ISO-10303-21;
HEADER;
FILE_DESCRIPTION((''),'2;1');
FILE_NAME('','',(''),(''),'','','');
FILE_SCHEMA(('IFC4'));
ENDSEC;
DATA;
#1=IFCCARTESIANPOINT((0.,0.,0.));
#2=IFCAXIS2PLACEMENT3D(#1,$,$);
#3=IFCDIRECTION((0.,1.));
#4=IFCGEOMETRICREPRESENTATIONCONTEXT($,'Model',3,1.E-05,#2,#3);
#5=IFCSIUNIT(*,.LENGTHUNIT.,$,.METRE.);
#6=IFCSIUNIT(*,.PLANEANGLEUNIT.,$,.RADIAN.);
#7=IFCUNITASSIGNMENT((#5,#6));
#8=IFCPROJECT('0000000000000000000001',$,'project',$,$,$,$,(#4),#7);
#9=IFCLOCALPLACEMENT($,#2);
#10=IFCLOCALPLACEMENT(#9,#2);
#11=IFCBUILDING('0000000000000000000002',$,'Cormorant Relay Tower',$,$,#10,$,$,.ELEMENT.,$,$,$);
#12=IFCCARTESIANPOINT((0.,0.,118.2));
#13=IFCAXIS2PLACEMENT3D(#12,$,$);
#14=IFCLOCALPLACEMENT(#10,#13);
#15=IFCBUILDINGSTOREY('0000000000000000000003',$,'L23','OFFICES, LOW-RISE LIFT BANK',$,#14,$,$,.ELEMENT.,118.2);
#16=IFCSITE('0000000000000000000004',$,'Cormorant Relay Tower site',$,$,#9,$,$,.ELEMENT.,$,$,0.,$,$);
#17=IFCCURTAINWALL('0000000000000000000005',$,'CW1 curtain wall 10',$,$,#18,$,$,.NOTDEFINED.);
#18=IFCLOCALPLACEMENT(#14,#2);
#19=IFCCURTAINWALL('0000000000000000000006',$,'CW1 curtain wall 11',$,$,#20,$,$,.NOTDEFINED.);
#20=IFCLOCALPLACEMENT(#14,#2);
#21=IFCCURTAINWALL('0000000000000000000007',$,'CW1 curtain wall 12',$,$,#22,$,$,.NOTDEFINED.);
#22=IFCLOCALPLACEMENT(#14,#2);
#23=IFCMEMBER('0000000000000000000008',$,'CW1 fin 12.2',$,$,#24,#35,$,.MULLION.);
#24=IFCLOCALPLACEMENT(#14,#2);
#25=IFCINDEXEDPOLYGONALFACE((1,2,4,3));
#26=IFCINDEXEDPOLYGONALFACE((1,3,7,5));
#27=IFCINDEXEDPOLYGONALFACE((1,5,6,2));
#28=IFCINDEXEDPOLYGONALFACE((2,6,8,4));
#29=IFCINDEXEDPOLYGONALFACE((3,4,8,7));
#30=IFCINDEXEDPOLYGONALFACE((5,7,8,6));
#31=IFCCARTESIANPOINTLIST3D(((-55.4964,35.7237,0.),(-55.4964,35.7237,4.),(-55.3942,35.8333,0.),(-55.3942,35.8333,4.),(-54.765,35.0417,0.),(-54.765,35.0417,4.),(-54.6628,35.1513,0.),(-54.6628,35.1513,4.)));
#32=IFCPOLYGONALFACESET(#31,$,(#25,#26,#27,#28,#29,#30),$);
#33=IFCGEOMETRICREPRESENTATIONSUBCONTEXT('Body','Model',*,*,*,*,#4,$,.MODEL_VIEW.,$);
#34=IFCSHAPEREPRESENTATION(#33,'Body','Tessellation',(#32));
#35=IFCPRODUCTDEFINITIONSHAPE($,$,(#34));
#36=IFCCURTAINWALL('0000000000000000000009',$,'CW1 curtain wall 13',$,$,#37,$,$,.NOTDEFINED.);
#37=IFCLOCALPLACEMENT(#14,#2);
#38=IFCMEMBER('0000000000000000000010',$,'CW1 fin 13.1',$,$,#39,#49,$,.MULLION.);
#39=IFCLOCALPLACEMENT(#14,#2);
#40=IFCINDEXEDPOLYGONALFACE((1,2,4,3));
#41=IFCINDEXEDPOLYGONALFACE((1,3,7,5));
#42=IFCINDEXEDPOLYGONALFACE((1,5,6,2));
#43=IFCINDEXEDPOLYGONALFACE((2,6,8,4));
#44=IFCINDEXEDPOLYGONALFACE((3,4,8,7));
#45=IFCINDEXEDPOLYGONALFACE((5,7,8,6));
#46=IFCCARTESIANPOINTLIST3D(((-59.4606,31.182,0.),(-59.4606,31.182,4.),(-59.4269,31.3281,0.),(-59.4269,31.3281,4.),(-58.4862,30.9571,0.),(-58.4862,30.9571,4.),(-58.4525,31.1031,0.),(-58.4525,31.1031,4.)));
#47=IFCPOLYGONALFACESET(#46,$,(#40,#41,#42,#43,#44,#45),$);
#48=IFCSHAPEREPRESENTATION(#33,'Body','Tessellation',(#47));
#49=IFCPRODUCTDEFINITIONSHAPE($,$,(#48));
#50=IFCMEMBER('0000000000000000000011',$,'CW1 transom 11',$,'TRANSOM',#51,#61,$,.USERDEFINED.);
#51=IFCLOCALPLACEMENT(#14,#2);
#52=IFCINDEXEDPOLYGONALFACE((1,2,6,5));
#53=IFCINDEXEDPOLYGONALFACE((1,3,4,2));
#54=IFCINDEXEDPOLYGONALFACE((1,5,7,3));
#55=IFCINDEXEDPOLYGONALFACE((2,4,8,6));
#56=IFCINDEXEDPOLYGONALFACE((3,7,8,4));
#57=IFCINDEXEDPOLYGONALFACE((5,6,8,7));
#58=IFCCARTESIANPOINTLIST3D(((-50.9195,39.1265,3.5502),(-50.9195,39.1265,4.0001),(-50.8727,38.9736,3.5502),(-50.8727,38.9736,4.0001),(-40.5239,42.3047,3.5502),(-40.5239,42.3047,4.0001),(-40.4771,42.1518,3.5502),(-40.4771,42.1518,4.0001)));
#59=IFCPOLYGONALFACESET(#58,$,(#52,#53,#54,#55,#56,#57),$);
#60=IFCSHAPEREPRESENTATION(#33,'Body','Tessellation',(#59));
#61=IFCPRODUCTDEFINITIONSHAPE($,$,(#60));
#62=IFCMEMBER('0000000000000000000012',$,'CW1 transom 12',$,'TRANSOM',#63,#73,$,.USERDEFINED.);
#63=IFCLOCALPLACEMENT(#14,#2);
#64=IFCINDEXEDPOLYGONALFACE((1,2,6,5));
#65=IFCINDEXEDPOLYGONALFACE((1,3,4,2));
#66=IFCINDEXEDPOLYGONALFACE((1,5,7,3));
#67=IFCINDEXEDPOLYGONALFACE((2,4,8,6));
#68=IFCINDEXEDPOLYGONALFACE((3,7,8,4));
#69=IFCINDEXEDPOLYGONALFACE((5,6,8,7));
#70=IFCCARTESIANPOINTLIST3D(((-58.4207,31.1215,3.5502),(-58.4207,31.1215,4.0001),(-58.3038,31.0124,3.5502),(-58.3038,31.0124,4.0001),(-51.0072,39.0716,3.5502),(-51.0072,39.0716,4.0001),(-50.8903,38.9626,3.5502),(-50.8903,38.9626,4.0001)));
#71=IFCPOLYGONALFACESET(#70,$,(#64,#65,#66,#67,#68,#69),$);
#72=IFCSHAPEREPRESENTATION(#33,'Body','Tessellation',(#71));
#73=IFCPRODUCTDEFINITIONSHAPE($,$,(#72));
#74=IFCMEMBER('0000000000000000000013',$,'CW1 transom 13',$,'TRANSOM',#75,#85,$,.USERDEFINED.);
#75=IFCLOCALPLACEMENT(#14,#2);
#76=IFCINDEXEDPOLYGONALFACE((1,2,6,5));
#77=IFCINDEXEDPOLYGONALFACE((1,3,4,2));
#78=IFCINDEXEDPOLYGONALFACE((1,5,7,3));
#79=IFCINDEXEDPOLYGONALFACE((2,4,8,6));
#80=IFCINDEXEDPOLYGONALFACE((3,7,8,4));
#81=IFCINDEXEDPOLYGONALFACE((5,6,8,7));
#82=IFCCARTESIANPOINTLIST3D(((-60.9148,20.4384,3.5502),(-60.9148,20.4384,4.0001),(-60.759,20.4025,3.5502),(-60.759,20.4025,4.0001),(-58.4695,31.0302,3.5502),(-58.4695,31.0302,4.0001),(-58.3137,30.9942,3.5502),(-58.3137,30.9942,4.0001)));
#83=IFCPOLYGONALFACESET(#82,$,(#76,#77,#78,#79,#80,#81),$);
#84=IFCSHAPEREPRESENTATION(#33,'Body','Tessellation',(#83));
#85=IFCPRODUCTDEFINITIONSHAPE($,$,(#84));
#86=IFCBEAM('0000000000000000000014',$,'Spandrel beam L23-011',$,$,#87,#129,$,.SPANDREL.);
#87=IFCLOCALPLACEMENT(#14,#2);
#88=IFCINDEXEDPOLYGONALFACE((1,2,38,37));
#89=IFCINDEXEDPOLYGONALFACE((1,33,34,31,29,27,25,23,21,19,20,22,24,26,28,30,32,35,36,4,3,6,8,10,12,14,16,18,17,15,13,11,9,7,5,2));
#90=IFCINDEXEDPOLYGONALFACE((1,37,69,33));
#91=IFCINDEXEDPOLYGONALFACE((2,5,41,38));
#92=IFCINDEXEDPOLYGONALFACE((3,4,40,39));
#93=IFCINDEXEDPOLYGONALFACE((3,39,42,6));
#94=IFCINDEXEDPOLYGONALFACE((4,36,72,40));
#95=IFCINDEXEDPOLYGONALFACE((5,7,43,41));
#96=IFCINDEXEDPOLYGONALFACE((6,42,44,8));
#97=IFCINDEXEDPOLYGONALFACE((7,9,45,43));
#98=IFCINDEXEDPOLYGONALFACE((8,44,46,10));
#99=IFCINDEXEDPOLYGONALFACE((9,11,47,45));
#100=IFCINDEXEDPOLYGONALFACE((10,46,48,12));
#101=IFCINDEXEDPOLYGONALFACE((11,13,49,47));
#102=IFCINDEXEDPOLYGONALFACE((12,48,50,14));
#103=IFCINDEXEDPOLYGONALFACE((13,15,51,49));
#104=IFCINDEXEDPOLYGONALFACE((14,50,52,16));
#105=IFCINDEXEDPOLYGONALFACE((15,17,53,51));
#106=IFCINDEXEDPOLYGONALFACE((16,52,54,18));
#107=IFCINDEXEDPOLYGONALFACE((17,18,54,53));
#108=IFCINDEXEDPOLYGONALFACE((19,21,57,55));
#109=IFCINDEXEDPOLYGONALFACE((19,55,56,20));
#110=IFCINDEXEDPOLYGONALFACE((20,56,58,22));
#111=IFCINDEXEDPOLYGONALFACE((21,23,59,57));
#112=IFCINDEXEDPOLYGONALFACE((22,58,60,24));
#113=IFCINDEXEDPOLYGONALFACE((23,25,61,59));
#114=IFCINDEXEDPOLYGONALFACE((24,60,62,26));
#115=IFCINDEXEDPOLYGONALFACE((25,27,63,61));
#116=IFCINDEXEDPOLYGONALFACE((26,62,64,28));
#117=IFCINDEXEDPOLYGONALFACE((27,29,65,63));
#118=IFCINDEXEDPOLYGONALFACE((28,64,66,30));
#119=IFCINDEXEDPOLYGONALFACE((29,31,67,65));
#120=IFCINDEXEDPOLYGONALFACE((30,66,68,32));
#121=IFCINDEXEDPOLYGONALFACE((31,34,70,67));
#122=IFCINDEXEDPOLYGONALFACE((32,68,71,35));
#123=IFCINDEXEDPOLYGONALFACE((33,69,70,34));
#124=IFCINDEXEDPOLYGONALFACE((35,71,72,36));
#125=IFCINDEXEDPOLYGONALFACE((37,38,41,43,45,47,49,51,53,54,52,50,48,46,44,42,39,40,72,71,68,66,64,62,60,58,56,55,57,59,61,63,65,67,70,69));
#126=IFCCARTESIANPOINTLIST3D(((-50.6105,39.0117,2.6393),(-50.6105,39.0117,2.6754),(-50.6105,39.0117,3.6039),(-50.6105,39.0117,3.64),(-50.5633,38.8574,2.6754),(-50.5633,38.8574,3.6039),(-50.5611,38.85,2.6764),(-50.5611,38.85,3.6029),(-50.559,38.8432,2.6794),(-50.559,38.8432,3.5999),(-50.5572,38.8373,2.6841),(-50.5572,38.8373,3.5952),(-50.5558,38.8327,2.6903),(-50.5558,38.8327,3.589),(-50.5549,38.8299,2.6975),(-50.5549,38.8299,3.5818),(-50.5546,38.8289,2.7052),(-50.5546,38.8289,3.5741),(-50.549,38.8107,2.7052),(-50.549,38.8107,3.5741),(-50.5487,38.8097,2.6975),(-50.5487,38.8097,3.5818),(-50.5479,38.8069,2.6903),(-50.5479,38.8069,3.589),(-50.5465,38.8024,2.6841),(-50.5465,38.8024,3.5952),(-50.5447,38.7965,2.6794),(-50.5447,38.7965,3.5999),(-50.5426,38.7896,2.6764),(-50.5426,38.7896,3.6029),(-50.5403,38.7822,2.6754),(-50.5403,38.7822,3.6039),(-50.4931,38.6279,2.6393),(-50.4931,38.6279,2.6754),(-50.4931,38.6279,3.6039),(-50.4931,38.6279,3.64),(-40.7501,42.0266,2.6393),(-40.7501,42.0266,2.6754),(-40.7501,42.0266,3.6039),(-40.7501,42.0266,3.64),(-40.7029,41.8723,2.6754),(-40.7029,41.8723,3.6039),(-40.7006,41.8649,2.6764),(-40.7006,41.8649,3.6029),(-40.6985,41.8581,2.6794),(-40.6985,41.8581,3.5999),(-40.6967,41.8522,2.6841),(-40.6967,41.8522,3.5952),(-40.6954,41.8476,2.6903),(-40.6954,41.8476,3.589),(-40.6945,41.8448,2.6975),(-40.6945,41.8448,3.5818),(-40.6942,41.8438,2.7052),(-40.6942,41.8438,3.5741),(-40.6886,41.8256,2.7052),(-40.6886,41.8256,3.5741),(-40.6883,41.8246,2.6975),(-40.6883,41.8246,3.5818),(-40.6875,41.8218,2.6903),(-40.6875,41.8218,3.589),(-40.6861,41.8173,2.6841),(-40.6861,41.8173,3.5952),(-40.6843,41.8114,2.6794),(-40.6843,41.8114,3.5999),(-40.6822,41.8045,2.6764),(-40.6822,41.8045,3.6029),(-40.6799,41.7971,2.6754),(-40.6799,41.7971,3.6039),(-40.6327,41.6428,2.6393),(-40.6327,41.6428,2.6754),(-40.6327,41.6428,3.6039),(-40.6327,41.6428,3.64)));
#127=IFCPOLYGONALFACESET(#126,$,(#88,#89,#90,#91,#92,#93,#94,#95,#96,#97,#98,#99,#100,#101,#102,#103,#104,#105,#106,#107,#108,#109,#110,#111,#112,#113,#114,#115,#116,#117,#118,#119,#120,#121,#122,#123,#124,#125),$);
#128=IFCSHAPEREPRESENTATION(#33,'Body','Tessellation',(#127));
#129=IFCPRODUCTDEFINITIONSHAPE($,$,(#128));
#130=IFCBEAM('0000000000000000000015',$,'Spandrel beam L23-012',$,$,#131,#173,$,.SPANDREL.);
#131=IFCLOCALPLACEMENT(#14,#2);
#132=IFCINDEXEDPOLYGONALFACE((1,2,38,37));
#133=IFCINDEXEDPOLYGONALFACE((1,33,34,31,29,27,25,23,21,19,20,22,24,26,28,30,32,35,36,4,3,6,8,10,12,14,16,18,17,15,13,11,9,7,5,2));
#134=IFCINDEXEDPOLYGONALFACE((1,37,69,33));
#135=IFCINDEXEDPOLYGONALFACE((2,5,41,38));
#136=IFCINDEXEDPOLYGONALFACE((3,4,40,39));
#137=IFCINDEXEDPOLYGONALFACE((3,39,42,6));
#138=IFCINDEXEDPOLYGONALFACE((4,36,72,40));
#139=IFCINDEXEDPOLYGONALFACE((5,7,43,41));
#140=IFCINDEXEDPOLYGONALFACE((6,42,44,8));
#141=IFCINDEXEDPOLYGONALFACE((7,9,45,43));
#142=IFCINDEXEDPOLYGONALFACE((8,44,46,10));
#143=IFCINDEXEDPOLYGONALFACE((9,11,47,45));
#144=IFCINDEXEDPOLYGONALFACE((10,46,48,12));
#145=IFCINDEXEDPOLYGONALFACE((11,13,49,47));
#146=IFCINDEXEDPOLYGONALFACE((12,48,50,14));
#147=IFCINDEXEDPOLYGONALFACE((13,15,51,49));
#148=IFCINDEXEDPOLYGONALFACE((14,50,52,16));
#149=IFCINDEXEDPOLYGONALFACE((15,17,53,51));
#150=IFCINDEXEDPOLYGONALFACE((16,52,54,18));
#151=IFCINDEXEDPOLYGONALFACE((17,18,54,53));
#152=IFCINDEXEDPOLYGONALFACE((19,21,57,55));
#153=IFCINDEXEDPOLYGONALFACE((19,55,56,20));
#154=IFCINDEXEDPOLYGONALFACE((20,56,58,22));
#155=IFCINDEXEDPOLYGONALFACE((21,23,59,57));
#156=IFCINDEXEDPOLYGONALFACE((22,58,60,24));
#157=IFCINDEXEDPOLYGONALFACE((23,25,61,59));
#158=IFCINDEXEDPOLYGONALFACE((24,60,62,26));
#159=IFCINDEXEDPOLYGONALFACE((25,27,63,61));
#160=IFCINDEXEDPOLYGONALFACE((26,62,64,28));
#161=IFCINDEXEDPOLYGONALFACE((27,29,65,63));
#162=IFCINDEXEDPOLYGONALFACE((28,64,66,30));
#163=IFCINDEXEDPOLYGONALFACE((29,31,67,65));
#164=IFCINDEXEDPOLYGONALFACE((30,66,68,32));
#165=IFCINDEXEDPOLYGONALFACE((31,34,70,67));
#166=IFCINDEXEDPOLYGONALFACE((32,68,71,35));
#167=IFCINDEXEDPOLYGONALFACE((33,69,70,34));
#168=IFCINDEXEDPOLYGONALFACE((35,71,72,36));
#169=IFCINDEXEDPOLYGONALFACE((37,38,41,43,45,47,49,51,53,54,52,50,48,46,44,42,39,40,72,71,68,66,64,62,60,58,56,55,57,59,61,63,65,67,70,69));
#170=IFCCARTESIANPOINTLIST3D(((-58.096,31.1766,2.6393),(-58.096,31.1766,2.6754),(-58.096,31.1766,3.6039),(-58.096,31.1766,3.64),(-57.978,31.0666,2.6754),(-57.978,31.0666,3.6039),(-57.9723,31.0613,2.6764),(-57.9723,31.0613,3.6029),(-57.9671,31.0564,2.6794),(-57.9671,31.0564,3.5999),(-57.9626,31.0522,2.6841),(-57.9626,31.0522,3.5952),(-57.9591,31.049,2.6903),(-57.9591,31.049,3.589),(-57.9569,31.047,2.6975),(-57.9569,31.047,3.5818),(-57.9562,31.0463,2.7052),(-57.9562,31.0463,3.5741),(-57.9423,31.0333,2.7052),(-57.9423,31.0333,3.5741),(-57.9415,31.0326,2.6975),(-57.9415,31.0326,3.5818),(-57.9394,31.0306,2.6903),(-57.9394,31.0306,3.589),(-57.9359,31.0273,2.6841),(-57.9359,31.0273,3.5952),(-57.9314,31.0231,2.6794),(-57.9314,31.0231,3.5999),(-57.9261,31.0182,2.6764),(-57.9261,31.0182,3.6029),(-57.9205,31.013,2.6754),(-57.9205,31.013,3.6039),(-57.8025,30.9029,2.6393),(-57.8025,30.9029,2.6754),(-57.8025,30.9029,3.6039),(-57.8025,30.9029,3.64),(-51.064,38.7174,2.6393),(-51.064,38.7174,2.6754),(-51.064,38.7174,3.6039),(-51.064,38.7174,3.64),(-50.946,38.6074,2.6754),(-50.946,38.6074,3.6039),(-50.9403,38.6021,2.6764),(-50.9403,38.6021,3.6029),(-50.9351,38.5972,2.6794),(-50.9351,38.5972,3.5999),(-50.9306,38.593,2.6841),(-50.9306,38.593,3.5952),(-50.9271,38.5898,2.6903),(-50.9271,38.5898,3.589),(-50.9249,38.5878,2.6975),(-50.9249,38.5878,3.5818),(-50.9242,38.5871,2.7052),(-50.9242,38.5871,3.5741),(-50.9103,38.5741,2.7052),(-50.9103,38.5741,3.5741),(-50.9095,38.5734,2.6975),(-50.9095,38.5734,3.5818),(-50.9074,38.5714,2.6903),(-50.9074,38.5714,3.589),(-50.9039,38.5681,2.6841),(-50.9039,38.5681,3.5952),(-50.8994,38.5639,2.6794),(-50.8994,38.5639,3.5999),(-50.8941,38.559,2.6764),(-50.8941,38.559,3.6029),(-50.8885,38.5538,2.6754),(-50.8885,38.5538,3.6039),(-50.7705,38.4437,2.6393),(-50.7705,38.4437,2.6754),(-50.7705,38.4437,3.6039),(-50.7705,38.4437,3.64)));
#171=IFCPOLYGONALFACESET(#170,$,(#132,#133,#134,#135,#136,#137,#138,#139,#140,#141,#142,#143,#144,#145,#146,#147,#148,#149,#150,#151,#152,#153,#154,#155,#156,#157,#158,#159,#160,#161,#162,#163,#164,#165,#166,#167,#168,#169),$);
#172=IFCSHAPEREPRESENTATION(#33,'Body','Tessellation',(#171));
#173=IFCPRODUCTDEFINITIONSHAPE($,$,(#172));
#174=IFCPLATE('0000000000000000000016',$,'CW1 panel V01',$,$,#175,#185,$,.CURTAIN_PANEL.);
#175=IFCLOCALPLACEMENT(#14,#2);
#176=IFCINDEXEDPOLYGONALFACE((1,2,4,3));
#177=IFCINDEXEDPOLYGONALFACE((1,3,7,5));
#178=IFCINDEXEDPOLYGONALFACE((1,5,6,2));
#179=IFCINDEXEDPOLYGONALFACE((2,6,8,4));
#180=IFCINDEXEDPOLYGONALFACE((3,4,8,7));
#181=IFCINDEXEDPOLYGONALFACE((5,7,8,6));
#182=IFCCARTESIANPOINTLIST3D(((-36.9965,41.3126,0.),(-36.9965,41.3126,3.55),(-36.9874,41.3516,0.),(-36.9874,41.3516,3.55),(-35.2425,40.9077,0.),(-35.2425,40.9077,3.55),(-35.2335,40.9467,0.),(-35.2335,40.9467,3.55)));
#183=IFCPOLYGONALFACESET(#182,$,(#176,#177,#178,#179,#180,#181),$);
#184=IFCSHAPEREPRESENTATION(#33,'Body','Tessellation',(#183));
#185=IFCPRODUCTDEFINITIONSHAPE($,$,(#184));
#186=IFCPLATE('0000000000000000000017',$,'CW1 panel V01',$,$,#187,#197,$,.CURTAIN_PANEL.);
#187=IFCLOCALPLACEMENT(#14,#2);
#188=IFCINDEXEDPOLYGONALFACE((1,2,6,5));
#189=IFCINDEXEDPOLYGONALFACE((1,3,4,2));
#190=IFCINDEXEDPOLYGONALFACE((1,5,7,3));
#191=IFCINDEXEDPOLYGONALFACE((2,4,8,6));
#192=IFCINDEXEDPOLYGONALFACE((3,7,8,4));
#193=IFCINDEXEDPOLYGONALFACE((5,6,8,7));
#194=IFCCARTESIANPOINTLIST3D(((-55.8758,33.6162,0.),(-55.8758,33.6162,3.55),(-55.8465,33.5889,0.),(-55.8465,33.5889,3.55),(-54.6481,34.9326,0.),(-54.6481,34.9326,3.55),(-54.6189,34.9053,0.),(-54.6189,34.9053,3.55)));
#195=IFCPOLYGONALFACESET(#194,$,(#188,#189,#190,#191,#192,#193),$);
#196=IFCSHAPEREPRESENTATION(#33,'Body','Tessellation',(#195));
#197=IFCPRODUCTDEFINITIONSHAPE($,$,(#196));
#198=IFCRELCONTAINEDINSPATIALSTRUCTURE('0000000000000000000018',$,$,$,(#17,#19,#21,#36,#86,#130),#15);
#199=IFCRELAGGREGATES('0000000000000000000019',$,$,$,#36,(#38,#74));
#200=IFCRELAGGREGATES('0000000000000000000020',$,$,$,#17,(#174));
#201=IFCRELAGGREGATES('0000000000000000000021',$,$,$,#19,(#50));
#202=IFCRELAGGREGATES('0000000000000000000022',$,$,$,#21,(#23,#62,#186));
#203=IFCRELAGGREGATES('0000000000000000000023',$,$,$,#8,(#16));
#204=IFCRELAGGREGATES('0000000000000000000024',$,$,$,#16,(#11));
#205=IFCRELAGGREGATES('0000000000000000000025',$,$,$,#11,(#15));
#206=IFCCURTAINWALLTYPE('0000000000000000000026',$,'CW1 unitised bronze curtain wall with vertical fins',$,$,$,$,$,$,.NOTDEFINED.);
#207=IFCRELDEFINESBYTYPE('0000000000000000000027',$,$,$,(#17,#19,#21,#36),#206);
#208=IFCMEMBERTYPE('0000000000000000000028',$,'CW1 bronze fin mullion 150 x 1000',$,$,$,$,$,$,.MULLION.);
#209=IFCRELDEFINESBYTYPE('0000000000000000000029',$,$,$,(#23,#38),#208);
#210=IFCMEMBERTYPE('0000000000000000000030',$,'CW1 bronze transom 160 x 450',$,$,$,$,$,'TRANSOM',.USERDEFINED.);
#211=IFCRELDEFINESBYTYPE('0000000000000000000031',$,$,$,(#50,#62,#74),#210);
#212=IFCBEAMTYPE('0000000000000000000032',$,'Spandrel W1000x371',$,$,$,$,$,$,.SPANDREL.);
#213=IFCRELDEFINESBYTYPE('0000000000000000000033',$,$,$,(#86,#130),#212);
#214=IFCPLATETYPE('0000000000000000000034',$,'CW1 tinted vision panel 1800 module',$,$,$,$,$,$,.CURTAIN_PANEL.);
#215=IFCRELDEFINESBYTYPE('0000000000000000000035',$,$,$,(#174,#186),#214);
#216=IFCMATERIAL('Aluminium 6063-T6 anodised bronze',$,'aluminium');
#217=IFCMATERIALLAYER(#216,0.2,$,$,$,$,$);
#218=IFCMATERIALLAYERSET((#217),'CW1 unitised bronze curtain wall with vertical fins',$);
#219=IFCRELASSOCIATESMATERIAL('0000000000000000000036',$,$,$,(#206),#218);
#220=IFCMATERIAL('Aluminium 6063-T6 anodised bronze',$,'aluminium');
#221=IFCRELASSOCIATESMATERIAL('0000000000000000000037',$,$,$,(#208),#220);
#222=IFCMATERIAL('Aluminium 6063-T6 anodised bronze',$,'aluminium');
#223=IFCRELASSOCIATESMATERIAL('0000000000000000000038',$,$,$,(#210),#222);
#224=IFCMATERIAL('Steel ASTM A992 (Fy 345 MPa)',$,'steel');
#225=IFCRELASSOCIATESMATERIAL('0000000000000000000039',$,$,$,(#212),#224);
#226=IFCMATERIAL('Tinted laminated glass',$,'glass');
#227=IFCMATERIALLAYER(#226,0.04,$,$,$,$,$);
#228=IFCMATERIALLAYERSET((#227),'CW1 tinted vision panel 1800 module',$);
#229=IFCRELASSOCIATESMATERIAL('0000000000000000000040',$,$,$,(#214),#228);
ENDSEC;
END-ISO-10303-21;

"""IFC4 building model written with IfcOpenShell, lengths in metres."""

from ifc_helpers import new_model, si_unit, direction, frame, origin, origin_2d, place, context, subcontext, project, spatial, rectangle, i_section, extrude, material, layer, layer_set, material_profile, profile_set, type_object, element, aggregate, save


model = new_model("IFC4")

# Units and contexts
model_context = context("Model", 3, precision=1e-05, world=origin(), true_north=direction((0.0, 1.0)))
body_context = subcontext(model_context, "Body", "Model", "MODEL_VIEW")
ifc_project = project(units=[si_unit("LENGTHUNIT", "METRE"), si_unit("PLANEANGLEUNIT", "RADIAN")], contexts=[model_context])

# Site, building, storey
site_placement = place(None, origin())
site = spatial("IfcSite", under=ifc_project, at=site_placement, Name="Cormorant Relay Tower site", CompositionType="ELEMENT", RefElevation=0.0)
building_placement = place(site_placement, origin())
building = spatial("IfcBuilding", under=site, at=building_placement, Name="Cormorant Relay Tower", CompositionType="ELEMENT")
storey_placement = place(building_placement, frame((0.0, 0.0, 118.2)))
storey = spatial("IfcBuildingStorey", under=building, at=storey_placement, Name="L23", Description="OFFICES, LOW-RISE LIFT BANK", CompositionType="ELEMENT", Elevation=118.2)

# Curtain wall
ifc_material_1 = material(Name="Aluminium 6063-T6 anodised bronze", Category="aluminium")
ifc_layer_1 = layer(ifc_material_1, 0.2)
ifc_layer_set_1 = layer_set([ifc_layer_1], Name="CW1 unitised bronze curtain wall with vertical fins")
curtain_wall_type = type_object("IfcCurtainWallType", Name="CW1 unitised bronze curtain wall with vertical fins", PredefinedType="NOTDEFINED", material=ifc_layer_set_1)
curtain_wall_1_placement = place(storey_placement, origin())
curtain_wall_1 = element("IfcCurtainWall", 1, at=curtain_wall_1_placement, inside=storey, type_object=curtain_wall_type, Name="CW1 curtain wall 10", PredefinedType="NOTDEFINED")
ifc_material_2 = material(Name="Aluminium 6063-T6 anodised bronze", Category="aluminium")
ifc_material_profile_1 = material_profile(ifc_material_2, rectangle(XDim=0.1499, YDim=1.0, at=origin_2d()), Name="AL 150x1000")
ifc_profile_set_1 = profile_set([ifc_material_profile_1], Name="Aluminium 6063-T6 anodised bronze")
member_type_1 = type_object("IfcMemberType", Name="CW1 bronze fin mullion 150 x 1000", PredefinedType="MULLION", material=ifc_profile_set_1)

# Curtain walls, member
curtain_wall_2_placement = place(storey_placement, origin())
curtain_wall_2 = element("IfcCurtainWall", 2, at=curtain_wall_2_placement, inside=storey, type_object=curtain_wall_type, Name="CW1 curtain wall 11", PredefinedType="NOTDEFINED")
curtain_wall_3_placement = place(storey_placement, origin())
curtain_wall_3 = element("IfcCurtainWall", 3, at=curtain_wall_3_placement, inside=storey, type_object=curtain_wall_type, Name="CW1 curtain wall 12", PredefinedType="NOTDEFINED")
member_1_placement = place(storey_placement, frame((-55.0796, 35.4375, 0.0), z_axis=(0.0, 0.0, 1.0), x_axis=(-0.681998, -0.731354, 0.0)))
member_1 = element("IfcMember", 4, at=member_1_placement, type_object=member_type_1, Name="CW1 fin 12.2", PredefinedType="MULLION", context=body_context, shape_type="SweptSolid", body=[
    extrude(rectangle(XDim=0.1499, YDim=1.0, at=origin_2d()), origin(), (0.0, 0.0, 1.0), 4.0),
])

# Curtain wall, member
curtain_wall_4_placement = place(storey_placement, origin())
curtain_wall_4 = element("IfcCurtainWall", 5, at=curtain_wall_4_placement, inside=storey, type_object=curtain_wall_type, Name="CW1 curtain wall 13", PredefinedType="NOTDEFINED")
member_2_placement = place(storey_placement, frame((-58.9565, 31.1426, 0.0), z_axis=(0.0, 0.0, 1.0), x_axis=(-0.224951, -0.97437, 0.0)))
member_2 = element("IfcMember", 6, at=member_2_placement, type_object=member_type_1, Name="CW1 fin 13.1", PredefinedType="MULLION", context=body_context, shape_type="SweptSolid", body=[
    extrude(rectangle(XDim=0.1499, YDim=1.0, at=origin_2d()), origin(), (0.0, 0.0, 1.0), 4.0),
])

# Members
ifc_material_3 = material(Name="Aluminium 6063-T6 anodised bronze", Category="aluminium")
ifc_material_profile_2 = material_profile(ifc_material_3, rectangle(XDim=0.1599, YDim=0.45, at=origin_2d()), Name="AL 160x450")
ifc_profile_set_2 = profile_set([ifc_material_profile_2], Name="Aluminium 6063-T6 anodised bronze")
member_type_2 = type_object("IfcMemberType", Name="CW1 bronze transom 160 x 450", ElementType="TRANSOM", PredefinedType="USERDEFINED", material=ifc_profile_set_2)
member_3_placement = place(storey_placement, frame((-40.5005, 42.2283, 3.7751), z_axis=(-0.956305, -0.292371, 0.0), x_axis=(0.292371, -0.956305, 0.0)))
member_3 = element("IfcMember", 7, at=member_3_placement, type_object=member_type_2, Name="CW1 transom 11", ObjectType="TRANSOM", PredefinedType="USERDEFINED", context=body_context, shape_type="SweptSolid", body=[
    extrude(rectangle(XDim=0.1599, YDim=0.45, at=origin_2d()), origin(), (0.0, 0.0, 1.0), 10.8706),
])
member_4_placement = place(storey_placement, frame((-50.9487, 39.0171, 3.7751), z_axis=(-0.681993, -0.731358, 0.0), x_axis=(0.731358, -0.681993, 0.0)))
member_4 = element("IfcMember", 8, at=member_4_placement, type_object=member_type_2, Name="CW1 transom 12", ObjectType="TRANSOM", PredefinedType="USERDEFINED", context=body_context, shape_type="SweptSolid", body=[
    extrude(rectangle(XDim=0.1599, YDim=0.45, at=origin_2d()), origin(), (0.0, 0.0, 1.0), 10.8704),
])
member_5_placement = place(storey_placement, frame((-58.3916, 31.0122, 3.7751), z_axis=(-0.224951, -0.97437, 0.0), x_axis=(0.97437, -0.224951, 0.0)))
member_5 = element("IfcMember", 9, at=member_5_placement, type_object=member_type_2, Name="CW1 transom 13", ObjectType="TRANSOM", PredefinedType="USERDEFINED", context=body_context, shape_type="SweptSolid", body=[
    extrude(rectangle(XDim=0.1599, YDim=0.45, at=origin_2d()), origin(), (0.0, 0.0, 1.0), 10.8704),
])
aggregate(curtain_wall_4, [member_2, member_5])

# Beams
ifc_material_4 = material(Name="Steel ASTM A992 (Fy 345 MPa)", Category="steel")
ifc_material_profile_3 = material_profile(ifc_material_4, i_section(OverallWidth=0.4014, OverallDepth=1.0007, WebThickness=0.019, FlangeThickness=0.0361, FilletRadius=0.0298, at=origin_2d()), Name="W1000x371")
ifc_profile_set_3 = profile_set([ifc_material_profile_3], Name="Steel ASTM A992 (Fy 345 MPa)")
beam_type = type_object("IfcBeamType", Name="Spandrel W1000x371", PredefinedType="SPANDREL", material=ifc_profile_set_3)
beam_1_placement = place(storey_placement, frame((-40.6914, 41.8347, 3.1396), z_axis=(-0.956297, -0.292397, 0.0), x_axis=(0.292397, -0.956297, 0.0)))
element("IfcBeam", 10, at=beam_1_placement, inside=storey, type_object=beam_type, Name="Spandrel beam L23-011", PredefinedType="SPANDREL", context=body_context, shape_type="SweptSolid", body=[
    extrude(i_section(OverallWidth=0.4014, OverallDepth=1.0007, WebThickness=0.019, FlangeThickness=0.0361, FilletRadius=0.0298, at=origin_2d()), origin(), (0.0, 0.0, 1.0), 10.311),
])
beam_2_placement = place(storey_placement, frame((-50.9172, 38.5806, 3.1396), z_axis=(-0.682004, -0.731349, 0.0), x_axis=(0.731349, -0.682004, 0.0)))
element("IfcBeam", 11, at=beam_2_placement, inside=storey, type_object=beam_type, Name="Spandrel beam L23-012", PredefinedType="SPANDREL", context=body_context, shape_type="SweptSolid", body=[
    extrude(i_section(OverallWidth=0.4014, OverallDepth=1.0007, WebThickness=0.019, FlangeThickness=0.0361, FilletRadius=0.0298, at=origin_2d()), origin(), (0.0, 0.0, 1.0), 10.3108),
])

# Plates
ifc_material_5 = material(Name="Tinted laminated glass", Category="glass")
ifc_layer_2 = layer(ifc_material_5, 0.04)
ifc_layer_set_2 = layer_set([ifc_layer_2], Name="CW1 tinted vision panel 1800 module")
plate_type_1 = type_object("IfcPlateType", Name="CW1 tinted vision panel 1800 module", PredefinedType="CURTAIN_PANEL", material=ifc_layer_set_2)
plate_1_placement = place(storey_placement, frame((-36.115, 41.1296, 0.0), z_axis=(0.0, 0.0, 1.0), x_axis=(-0.97437, 0.224951, 0.0)))
plate_1 = element("IfcPlate", 12, at=plate_1_placement, type_object=plate_type_1, Name="CW1 panel V01", PredefinedType="CURTAIN_PANEL", context=body_context, shape_type="SweptSolid", body=[
    extrude(rectangle(XDim=1.8, YDim=0.04, at=origin_2d()), origin(), (0.0, 0.0, 1.0), 3.55),
])
plate_2_placement = place(storey_placement, frame((-55.2473, 34.2607, 0.0), z_axis=(0.0, 0.0, 1.0), x_axis=(-0.681998, -0.731354, 0.0)))
plate_2 = element("IfcPlate", 13, at=plate_2_placement, type_object=plate_type_1, Name="CW1 panel V01", PredefinedType="CURTAIN_PANEL", context=body_context, shape_type="SweptSolid", body=[
    extrude(rectangle(XDim=1.8, YDim=0.04, at=origin_2d()), origin(), (0.0, 0.0, 1.0), 3.55),
])

aggregate(curtain_wall_1, [plate_1])
aggregate(curtain_wall_2, [member_3])
aggregate(curtain_wall_3, [member_1, member_4, plate_2])

save(model, "model.ifc")
